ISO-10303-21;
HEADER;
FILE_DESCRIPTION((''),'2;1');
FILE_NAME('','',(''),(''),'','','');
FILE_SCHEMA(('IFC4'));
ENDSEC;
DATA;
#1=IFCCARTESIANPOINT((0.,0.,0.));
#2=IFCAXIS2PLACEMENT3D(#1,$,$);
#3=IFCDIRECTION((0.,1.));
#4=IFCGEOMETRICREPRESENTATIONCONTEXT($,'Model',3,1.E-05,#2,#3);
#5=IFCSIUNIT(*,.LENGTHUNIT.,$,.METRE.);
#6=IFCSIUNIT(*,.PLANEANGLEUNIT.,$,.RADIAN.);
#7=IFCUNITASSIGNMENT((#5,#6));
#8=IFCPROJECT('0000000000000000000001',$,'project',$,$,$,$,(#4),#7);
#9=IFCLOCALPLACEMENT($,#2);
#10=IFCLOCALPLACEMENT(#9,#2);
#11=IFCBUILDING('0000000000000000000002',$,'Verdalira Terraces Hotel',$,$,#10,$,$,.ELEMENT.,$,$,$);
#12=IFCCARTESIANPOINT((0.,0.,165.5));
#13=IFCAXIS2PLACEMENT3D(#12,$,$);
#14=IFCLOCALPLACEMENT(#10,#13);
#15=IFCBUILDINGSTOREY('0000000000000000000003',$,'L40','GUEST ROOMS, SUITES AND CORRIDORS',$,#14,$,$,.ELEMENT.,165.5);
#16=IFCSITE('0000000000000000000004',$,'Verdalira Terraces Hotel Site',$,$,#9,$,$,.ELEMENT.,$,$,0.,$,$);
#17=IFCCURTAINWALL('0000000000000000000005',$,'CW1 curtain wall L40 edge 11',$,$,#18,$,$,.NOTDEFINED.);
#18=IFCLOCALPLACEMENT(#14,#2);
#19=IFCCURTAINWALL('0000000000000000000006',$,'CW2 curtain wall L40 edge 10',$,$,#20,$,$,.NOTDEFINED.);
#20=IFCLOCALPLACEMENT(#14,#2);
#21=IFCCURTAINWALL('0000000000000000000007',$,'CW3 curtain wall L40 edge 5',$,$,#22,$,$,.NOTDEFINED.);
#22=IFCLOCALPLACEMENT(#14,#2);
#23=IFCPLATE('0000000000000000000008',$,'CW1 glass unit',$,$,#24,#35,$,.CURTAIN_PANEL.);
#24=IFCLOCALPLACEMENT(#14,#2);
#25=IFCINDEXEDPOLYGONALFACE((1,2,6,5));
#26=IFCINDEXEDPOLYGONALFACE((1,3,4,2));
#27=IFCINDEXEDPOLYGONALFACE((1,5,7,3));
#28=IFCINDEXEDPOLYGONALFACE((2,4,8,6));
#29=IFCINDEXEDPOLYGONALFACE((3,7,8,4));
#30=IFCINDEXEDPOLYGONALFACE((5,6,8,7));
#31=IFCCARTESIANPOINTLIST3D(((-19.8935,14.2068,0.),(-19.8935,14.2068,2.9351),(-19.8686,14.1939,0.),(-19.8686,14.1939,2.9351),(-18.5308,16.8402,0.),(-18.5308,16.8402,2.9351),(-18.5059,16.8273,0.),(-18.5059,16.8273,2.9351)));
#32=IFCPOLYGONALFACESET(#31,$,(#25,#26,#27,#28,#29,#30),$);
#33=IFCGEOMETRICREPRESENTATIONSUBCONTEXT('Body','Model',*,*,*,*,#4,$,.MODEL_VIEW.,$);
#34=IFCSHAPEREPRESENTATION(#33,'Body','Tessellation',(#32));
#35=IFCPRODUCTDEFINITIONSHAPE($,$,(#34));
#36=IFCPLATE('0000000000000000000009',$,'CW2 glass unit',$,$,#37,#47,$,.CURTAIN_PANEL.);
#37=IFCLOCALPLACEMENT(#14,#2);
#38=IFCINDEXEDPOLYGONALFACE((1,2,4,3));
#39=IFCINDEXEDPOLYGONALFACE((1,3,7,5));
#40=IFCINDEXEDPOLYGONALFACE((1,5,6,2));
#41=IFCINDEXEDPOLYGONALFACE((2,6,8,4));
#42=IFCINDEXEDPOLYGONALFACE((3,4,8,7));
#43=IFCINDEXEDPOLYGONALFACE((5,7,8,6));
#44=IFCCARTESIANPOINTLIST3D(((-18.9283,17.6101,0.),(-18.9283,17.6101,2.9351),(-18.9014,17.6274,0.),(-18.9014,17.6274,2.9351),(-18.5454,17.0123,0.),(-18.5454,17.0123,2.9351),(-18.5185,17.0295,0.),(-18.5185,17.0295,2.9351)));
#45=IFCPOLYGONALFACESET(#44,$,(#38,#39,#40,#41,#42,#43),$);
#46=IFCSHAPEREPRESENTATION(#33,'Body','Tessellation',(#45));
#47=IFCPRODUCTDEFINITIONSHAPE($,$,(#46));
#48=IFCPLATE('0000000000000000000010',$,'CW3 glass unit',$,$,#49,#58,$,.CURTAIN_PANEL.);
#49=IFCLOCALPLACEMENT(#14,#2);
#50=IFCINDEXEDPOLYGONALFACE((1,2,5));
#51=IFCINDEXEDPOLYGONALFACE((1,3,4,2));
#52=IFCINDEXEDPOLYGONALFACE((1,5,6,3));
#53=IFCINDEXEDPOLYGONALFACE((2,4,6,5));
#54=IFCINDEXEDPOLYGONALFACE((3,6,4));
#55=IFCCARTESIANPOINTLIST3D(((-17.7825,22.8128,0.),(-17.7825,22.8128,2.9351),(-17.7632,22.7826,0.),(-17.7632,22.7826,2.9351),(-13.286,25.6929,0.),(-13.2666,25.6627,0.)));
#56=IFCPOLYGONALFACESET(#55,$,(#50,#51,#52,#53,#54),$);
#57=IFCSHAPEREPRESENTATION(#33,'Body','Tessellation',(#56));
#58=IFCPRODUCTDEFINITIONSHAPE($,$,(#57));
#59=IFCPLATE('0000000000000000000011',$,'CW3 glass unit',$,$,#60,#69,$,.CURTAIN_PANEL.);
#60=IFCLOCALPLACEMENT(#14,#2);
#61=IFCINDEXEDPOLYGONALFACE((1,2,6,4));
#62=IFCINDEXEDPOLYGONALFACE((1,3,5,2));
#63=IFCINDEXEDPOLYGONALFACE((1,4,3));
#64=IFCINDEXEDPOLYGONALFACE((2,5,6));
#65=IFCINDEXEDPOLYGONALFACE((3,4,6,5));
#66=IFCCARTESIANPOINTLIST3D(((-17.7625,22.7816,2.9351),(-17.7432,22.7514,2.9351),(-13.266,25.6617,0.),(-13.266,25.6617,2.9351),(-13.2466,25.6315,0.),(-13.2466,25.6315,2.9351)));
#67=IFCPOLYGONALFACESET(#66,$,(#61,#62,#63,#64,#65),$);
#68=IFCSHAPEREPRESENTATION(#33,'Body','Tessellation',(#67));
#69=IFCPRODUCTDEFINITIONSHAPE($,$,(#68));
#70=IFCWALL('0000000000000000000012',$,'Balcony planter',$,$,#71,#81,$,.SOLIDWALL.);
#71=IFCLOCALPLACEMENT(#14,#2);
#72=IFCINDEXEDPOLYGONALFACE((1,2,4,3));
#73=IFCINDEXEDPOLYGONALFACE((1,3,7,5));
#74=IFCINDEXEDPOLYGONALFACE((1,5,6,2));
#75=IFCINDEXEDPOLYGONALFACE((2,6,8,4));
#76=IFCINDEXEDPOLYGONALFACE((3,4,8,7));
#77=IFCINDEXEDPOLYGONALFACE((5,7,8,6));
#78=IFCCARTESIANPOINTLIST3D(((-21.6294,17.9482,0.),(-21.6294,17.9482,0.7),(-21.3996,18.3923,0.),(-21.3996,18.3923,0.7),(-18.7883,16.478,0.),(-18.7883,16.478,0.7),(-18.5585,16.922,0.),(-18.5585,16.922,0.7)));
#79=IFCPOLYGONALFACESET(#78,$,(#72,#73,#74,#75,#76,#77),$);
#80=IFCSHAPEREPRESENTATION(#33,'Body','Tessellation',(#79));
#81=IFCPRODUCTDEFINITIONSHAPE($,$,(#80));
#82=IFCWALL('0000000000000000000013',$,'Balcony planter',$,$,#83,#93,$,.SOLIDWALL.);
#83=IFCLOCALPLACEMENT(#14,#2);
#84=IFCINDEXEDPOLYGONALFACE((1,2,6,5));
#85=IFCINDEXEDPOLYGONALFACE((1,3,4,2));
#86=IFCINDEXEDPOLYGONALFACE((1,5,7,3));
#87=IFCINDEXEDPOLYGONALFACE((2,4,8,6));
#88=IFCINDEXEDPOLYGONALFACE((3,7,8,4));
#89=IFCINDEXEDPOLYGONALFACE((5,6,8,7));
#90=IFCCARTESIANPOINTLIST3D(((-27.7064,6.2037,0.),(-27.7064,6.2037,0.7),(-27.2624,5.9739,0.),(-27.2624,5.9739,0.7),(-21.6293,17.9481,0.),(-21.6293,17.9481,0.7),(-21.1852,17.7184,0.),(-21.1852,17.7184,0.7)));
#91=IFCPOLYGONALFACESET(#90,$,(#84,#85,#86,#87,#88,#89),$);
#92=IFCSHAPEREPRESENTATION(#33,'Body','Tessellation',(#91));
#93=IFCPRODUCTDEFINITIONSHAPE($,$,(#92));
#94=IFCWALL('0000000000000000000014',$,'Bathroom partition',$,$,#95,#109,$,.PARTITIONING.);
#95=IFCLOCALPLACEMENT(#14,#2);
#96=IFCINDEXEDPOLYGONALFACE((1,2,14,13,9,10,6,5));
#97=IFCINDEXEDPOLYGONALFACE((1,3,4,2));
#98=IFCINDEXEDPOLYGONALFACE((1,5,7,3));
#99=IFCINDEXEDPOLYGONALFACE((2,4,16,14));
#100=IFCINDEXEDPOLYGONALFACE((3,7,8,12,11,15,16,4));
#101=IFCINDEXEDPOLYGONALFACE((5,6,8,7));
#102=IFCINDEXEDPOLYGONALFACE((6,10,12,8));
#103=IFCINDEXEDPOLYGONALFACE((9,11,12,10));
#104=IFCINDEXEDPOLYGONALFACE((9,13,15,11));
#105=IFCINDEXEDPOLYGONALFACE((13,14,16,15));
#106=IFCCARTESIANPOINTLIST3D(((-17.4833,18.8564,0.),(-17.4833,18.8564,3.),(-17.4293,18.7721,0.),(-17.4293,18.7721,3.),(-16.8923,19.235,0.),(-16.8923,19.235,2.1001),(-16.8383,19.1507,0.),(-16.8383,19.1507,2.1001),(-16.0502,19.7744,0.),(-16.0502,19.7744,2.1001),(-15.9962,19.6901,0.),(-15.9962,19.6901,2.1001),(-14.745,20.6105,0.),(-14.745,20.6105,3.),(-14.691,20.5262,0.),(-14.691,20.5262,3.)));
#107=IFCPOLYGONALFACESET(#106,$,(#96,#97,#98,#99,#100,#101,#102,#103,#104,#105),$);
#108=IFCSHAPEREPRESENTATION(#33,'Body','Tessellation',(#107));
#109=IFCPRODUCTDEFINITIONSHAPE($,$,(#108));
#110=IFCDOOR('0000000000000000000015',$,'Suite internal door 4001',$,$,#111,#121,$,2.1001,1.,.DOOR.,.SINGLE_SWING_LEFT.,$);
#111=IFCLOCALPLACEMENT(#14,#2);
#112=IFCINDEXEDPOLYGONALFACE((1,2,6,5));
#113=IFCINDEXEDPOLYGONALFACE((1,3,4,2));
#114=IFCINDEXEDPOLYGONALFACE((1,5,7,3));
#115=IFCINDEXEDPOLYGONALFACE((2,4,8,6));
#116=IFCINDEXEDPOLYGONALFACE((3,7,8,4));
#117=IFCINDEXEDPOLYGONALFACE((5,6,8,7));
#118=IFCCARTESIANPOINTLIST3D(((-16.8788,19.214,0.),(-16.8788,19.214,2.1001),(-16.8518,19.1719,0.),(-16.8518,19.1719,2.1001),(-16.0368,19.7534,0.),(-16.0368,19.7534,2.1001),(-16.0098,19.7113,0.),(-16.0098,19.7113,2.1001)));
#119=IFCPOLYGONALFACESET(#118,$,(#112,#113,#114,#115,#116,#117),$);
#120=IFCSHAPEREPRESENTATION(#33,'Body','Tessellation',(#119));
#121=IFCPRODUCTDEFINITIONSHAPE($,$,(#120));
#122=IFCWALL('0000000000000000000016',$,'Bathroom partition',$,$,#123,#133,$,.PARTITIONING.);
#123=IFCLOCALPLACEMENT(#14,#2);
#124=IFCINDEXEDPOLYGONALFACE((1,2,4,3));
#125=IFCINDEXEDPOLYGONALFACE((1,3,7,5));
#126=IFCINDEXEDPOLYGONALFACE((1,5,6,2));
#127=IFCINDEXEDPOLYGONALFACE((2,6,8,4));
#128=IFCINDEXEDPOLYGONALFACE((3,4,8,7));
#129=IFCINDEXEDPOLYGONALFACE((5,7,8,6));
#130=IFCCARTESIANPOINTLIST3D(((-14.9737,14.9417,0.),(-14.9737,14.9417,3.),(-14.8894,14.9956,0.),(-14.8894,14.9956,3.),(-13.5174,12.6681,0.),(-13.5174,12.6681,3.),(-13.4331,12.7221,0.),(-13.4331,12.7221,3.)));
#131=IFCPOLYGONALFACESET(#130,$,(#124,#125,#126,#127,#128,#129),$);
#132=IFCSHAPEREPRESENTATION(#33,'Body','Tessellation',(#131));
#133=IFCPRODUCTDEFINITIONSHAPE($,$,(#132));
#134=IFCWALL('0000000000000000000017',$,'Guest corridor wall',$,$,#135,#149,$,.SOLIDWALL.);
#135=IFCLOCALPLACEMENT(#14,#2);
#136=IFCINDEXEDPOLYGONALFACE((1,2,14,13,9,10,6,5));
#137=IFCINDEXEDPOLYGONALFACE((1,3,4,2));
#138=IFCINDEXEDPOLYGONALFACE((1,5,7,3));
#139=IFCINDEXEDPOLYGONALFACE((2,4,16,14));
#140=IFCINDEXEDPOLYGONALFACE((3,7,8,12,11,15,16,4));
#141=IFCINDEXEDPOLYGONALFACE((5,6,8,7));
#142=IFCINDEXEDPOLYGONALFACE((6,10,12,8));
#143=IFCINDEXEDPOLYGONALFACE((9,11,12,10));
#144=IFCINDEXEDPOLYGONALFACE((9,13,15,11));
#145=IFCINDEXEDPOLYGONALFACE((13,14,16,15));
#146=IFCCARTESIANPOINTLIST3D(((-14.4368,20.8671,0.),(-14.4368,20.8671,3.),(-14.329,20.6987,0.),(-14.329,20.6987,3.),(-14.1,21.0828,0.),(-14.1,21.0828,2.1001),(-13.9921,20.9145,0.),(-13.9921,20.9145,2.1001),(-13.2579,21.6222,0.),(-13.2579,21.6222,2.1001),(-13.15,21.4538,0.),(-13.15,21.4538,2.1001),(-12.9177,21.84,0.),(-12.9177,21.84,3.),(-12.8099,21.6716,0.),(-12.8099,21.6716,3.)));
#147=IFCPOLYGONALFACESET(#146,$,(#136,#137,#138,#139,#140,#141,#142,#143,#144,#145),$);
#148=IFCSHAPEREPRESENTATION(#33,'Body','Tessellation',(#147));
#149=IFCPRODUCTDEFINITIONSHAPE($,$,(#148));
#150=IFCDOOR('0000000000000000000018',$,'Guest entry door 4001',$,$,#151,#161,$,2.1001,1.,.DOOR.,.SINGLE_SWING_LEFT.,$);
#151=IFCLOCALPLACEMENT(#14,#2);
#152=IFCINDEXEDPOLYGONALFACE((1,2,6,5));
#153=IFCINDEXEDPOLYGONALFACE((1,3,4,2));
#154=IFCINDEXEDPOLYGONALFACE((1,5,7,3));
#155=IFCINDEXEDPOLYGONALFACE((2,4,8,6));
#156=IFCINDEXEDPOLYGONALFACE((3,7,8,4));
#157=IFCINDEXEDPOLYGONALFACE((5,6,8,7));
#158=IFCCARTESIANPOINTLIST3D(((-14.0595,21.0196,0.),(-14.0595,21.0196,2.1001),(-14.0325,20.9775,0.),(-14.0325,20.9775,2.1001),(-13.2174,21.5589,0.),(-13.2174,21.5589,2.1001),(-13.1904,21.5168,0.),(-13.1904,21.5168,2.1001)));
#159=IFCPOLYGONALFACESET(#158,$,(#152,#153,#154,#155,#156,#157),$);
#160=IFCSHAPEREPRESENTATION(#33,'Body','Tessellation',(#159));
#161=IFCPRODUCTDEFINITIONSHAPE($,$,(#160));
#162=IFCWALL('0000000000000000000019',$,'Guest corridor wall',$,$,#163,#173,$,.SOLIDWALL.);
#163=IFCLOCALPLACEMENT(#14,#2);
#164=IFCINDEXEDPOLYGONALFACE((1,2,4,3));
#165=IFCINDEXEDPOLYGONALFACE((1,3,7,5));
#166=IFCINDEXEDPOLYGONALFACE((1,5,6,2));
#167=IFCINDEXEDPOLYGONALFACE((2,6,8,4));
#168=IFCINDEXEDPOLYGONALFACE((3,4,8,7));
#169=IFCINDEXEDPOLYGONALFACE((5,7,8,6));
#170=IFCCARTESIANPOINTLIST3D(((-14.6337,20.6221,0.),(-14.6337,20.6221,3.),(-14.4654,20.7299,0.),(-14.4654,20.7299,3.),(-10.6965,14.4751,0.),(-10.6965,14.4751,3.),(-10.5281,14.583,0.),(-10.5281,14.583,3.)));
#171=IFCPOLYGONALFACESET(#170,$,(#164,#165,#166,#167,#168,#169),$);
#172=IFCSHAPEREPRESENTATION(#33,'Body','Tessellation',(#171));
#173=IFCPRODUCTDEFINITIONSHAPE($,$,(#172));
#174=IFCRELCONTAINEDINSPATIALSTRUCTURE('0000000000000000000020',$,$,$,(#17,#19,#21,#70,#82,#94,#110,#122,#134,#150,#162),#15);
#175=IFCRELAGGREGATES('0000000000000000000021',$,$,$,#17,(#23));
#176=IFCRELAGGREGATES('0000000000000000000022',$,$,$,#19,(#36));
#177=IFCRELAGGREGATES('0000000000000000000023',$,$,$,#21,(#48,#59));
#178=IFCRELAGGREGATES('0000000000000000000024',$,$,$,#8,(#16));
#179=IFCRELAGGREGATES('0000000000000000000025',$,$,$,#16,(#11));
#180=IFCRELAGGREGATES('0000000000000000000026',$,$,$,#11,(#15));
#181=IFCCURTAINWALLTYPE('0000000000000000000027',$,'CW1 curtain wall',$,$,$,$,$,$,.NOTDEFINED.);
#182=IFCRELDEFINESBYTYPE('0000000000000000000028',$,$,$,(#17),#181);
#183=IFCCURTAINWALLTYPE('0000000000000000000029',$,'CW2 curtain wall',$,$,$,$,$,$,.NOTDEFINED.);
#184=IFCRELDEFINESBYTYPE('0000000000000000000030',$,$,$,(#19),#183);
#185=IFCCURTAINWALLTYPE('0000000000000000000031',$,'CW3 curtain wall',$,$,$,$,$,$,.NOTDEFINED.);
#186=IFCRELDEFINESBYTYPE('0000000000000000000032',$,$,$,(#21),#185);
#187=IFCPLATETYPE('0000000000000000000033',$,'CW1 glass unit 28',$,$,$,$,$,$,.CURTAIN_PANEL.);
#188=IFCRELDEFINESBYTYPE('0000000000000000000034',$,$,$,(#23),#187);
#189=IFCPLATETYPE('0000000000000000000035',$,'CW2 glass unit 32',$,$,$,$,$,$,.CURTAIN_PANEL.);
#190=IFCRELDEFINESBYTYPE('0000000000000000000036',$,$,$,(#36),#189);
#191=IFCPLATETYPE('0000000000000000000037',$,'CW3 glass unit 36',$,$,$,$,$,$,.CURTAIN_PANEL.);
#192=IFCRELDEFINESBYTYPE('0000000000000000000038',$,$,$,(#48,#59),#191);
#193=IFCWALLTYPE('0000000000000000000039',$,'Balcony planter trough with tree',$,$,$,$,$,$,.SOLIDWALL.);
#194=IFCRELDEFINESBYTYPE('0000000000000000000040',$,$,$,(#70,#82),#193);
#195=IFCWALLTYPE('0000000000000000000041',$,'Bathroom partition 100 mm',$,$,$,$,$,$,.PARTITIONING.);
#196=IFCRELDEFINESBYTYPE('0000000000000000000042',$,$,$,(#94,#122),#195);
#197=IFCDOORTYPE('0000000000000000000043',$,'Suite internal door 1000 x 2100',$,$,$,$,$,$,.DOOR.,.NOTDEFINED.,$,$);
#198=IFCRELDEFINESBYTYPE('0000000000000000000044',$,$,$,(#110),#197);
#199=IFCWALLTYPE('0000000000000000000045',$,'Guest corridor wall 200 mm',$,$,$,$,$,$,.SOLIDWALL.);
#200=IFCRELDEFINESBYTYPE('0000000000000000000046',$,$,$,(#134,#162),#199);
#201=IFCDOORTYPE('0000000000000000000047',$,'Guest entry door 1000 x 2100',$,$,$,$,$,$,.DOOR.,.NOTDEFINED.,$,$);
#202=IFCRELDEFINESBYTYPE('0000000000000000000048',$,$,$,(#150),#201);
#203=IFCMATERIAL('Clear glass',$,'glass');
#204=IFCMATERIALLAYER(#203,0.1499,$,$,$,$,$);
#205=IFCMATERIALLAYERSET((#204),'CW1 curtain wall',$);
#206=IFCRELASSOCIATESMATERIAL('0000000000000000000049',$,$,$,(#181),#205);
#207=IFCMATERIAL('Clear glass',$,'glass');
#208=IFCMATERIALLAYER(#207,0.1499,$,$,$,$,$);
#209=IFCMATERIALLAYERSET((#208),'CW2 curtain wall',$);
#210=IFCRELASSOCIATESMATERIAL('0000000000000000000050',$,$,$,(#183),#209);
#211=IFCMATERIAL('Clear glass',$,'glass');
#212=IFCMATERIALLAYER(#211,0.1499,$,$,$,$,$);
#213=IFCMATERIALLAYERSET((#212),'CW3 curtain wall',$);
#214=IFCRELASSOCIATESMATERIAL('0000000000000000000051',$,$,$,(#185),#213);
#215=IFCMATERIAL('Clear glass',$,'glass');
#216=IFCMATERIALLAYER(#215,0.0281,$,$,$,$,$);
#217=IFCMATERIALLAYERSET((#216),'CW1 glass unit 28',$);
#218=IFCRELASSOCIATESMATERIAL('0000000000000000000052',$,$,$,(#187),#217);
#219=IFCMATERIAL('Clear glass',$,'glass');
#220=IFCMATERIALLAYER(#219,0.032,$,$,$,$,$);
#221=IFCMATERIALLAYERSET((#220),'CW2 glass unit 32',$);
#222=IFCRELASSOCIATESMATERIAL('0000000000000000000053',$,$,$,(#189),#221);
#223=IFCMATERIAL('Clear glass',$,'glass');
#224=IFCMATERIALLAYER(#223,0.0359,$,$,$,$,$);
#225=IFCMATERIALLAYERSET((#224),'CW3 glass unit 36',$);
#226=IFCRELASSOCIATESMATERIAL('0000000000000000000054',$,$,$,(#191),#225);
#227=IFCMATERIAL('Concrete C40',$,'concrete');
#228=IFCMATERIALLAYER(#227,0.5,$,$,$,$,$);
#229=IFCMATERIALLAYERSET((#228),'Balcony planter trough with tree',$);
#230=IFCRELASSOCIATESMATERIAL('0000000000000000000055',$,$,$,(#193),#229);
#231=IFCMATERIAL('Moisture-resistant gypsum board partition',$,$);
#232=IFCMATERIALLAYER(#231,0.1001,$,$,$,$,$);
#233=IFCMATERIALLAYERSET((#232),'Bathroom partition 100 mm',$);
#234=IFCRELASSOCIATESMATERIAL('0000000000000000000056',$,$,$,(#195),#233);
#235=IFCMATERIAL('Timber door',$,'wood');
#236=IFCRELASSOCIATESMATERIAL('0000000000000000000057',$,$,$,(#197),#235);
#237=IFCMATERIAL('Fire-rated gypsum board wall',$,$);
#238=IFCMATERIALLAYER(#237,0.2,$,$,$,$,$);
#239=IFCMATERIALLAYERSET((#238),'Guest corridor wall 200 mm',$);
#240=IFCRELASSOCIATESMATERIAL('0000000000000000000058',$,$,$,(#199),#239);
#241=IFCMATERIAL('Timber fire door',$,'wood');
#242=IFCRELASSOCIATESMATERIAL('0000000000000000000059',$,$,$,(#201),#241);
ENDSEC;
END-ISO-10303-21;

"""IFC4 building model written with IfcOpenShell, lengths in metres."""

from ifc_helpers import new_model, si_unit, direction, frame, frame_2d, origin, origin_2d, place, context, subcontext, project, spatial, polyline, rectangle, outline, extrude, material, layer, layer_set, type_object, element, fill, aggregate, save


model = new_model("IFC4")

# Units and contexts
model_context = context("Model", 3, precision=1e-05, world=origin(), true_north=direction((0.0, 1.0)))
body_context = subcontext(model_context, "Body", "Model", "MODEL_VIEW")
ifc_project = project(units=[si_unit("LENGTHUNIT", "METRE"), si_unit("PLANEANGLEUNIT", "RADIAN")], contexts=[model_context])

# Site, building, storey
site_placement = place(None, origin())
site = spatial("IfcSite", under=ifc_project, at=site_placement, Name="Verdalira Terraces Hotel Site", CompositionType="ELEMENT", RefElevation=0.0)
building_placement = place(site_placement, origin())
building = spatial("IfcBuilding", under=site, at=building_placement, Name="Verdalira Terraces Hotel", CompositionType="ELEMENT")
storey_placement = place(building_placement, frame((0.0, 0.0, 165.5)))
storey = spatial("IfcBuildingStorey", under=building, at=storey_placement, Name="L40", Description="GUEST ROOMS, SUITES AND CORRIDORS", CompositionType="ELEMENT", Elevation=165.5)

# Curtain walls
ifc_material_1 = material(Name="Clear glass", Category="glass")
ifc_layer_1 = layer(ifc_material_1, 0.1499)
ifc_layer_set_1 = layer_set([ifc_layer_1], Name="CW1 curtain wall")
curtain_wall_type_1 = type_object("IfcCurtainWallType", Name="CW1 curtain wall", PredefinedType="NOTDEFINED", material=ifc_layer_set_1)
curtain_wall_1_placement = place(storey_placement, origin())
curtain_wall_1 = element("IfcCurtainWall", 1, at=curtain_wall_1_placement, inside=storey, type_object=curtain_wall_type_1, Name="CW1 curtain wall L40 edge 11", PredefinedType="NOTDEFINED")
ifc_material_2 = material(Name="Clear glass", Category="glass")
ifc_layer_2 = layer(ifc_material_2, 0.1499)
ifc_layer_set_2 = layer_set([ifc_layer_2], Name="CW2 curtain wall")
curtain_wall_type_2 = type_object("IfcCurtainWallType", Name="CW2 curtain wall", PredefinedType="NOTDEFINED", material=ifc_layer_set_2)
curtain_wall_2_placement = place(storey_placement, origin())
curtain_wall_2 = element("IfcCurtainWall", 2, at=curtain_wall_2_placement, inside=storey, type_object=curtain_wall_type_2, Name="CW2 curtain wall L40 edge 10", PredefinedType="NOTDEFINED")

# Curtain wall
ifc_material_3 = material(Name="Clear glass", Category="glass")
ifc_layer_3 = layer(ifc_material_3, 0.1499)
ifc_layer_set_3 = layer_set([ifc_layer_3], Name="CW3 curtain wall")
curtain_wall_type_3 = type_object("IfcCurtainWallType", Name="CW3 curtain wall", PredefinedType="NOTDEFINED", material=ifc_layer_set_3)
curtain_wall_3_placement = place(storey_placement, origin())
curtain_wall_3 = element("IfcCurtainWall", 3, at=curtain_wall_3_placement, inside=storey, type_object=curtain_wall_type_3, Name="CW3 curtain wall L40 edge 5", PredefinedType="NOTDEFINED")

# Plates
ifc_material_4 = material(Name="Clear glass", Category="glass")
ifc_layer_4 = layer(ifc_material_4, 0.0281)
ifc_layer_set_4 = layer_set([ifc_layer_4], Name="CW1 glass unit 28")
plate_type_1 = type_object("IfcPlateType", Name="CW1 glass unit 28", PredefinedType="CURTAIN_PANEL", material=ifc_layer_set_4)
plate_1_placement = place(storey_placement, frame((-19.1997, 15.5171, 0.0), z_axis=(0.0, 0.0, 1.0), x_axis=(-0.45958, -0.888136, 0.0)))
plate_1 = element("IfcPlate", 4, at=plate_1_placement, type_object=plate_type_1, Name="CW1 glass unit", PredefinedType="CURTAIN_PANEL", context=body_context, shape_type="SweptSolid", body=[
    extrude(rectangle(XDim=2.9651, YDim=0.0281, at=origin_2d()), origin(), (0.0, 0.0, 1.0), 2.9351),
])
aggregate(curtain_wall_1, [plate_1])
ifc_material_5 = material(Name="Clear glass", Category="glass")
ifc_layer_5 = layer(ifc_material_5, 0.032)
ifc_layer_set_5 = layer_set([ifc_layer_5], Name="CW2 glass unit 32")
plate_type_2 = type_object("IfcPlateType", Name="CW2 glass unit 32", PredefinedType="CURTAIN_PANEL", material=ifc_layer_set_5)
plate_2_placement = place(storey_placement, frame((-18.7234, 17.3198, 0.0), z_axis=(0.0, 0.0, 1.0), x_axis=(0.539359, -0.842076, 0.0)))
plate_2 = element("IfcPlate", 5, at=plate_2_placement, type_object=plate_type_2, Name="CW2 glass unit", PredefinedType="CURTAIN_PANEL", context=body_context, shape_type="SweptSolid", body=[
    extrude(rectangle(XDim=0.71, YDim=0.032, at=origin_2d()), origin(), (0.0, 0.0, 1.0), 2.9351),
])
aggregate(curtain_wall_2, [plate_2])
ifc_material_6 = material(Name="Clear glass", Category="glass")
ifc_layer_6 = layer(ifc_material_6, 0.0359)
ifc_layer_set_6 = layer_set([ifc_layer_6], Name="CW3 glass unit 36")
plate_type_3 = type_object("IfcPlateType", Name="CW3 glass unit 36", PredefinedType="CURTAIN_PANEL", material=ifc_layer_set_6)
plate_3_placement = place(storey_placement, frame((-15.5149, 24.2227, 1.4675), z_axis=(-0.539359, 0.842076, 0.0), x_axis=(-0.842076, -0.539359, 0.0)))
plate_3 = element("IfcPlate", 6, at=plate_3_placement, type_object=plate_type_3, Name="CW3 glass unit", PredefinedType="CURTAIN_PANEL", context=body_context, shape_type="SweptSolid", body=[
    extrude(outline(polyline([(-2.6699, -1.4675), (2.6699, -1.4675), (2.6699, 1.4675), (-2.6699, -1.4675)])), origin(), (0.0, 0.0, 1.0), 0.0359),
])
plate_4_placement = place(storey_placement, frame((-15.4949, 24.1914, 1.4675), z_axis=(-0.539359, 0.842076, 0.0), x_axis=(-0.842076, -0.539359, 0.0)))
plate_4 = element("IfcPlate", 7, at=plate_4_placement, type_object=plate_type_3, Name="CW3 glass unit", PredefinedType="CURTAIN_PANEL", context=body_context, shape_type="SweptSolid", body=[
    extrude(outline(polyline([(-2.6699, -1.4675), (2.6699, 1.4675), (-2.6699, 1.4675), (-2.6699, -1.4675)])), origin(), (0.0, 0.0, 1.0), 0.0359),
])
aggregate(curtain_wall_3, [plate_3, plate_4])

# Walls
ifc_material_7 = material(Name="Concrete C40", Category="concrete")
ifc_layer_7 = layer(ifc_material_7, 0.5)
ifc_layer_set_7 = layer_set([ifc_layer_7], Name="Balcony planter trough with tree")
wall_type_1 = type_object("IfcWallType", Name="Balcony planter trough with tree", PredefinedType="SOLIDWALL", material=ifc_layer_set_7)
wall_1_placement = place(storey_placement, frame((-18.6733, 16.7, 0.0), z_axis=(0.0, 0.0, 1.0), x_axis=(-0.888128, 0.459595, 0.0)))
element("IfcWall", 8, at=wall_1_placement, inside=storey, type_object=wall_type_1, Name="Balcony planter", PredefinedType="SOLIDWALL", context=body_context, shape_type="SweptSolid", body=[
    extrude(rectangle(XDim=3.199, YDim=0.5, at=frame_2d((1.5996, 0.0))), origin(), (0.0, 0.0, 1.0), 0.7),
])
wall_2_placement = place(storey_placement, frame((-21.4072, 17.8333, 0.0), z_axis=(0.0, 0.0, 1.0), x_axis=(-0.45957, -0.888142, 0.0)))
element("IfcWall", 9, at=wall_2_placement, inside=storey, type_object=wall_type_1, Name="Balcony planter", PredefinedType="SOLIDWALL", context=body_context, shape_type="SweptSolid", body=[
    extrude(rectangle(XDim=13.2236, YDim=0.5, at=frame_2d((6.6118, 0.0))), origin(), (0.0, 0.0, 1.0), 0.7),
])

# Wall, opening, door
ifc_material_8 = material(Name="Moisture-resistant gypsum board partition")
ifc_layer_8 = layer(ifc_material_8, 0.1001)
ifc_layer_set_8 = layer_set([ifc_layer_8], Name="Bathroom partition 100 mm")
wall_type_2 = type_object("IfcWallType", Name="Bathroom partition 100 mm", PredefinedType="PARTITIONING", material=ifc_layer_set_8)
wall_3_placement = place(storey_placement, frame((-14.718, 20.5684, 0.0), z_axis=(0.0, 0.0, 1.0), x_axis=(-0.842041, -0.539414, 0.0)))
wall_3 = element("IfcWall", 10, at=wall_3_placement, inside=storey, type_object=wall_type_2, Name="Bathroom partition", PredefinedType="PARTITIONING", context=body_context, shape_type="SweptSolid", body=[
    extrude(rectangle(XDim=3.252, YDim=0.1001, at=frame_2d((1.626, 0.0))), origin(), (0.0, 0.0, 1.0), 3.0),
])
opening_1_placement = place(wall_3_placement, frame((1.55, 0.0, 0.0)))
opening_1 = element("IfcOpeningElement", 11, at=opening_1_placement, cuts=wall_3, PredefinedType="OPENING", context=body_context, shape_type="SweptSolid", body=[
    extrude(rectangle(XDim=1.0, YDim=2.1001, at=frame_2d((0.5, 1.05))), frame((0.0, 0.0601, 0.0), z_axis=(0.0, -1.0, 0.0), x_axis=(1.0, 0.0, 0.0)), (0.0, 0.0, 1.0), 0.1201),
])
ifc_material_9 = material(Name="Timber door", Category="wood")
door_type_1 = type_object("IfcDoorType", Name="Suite internal door 1000 x 2100", OperationType="NOTDEFINED", PredefinedType="DOOR", material=ifc_material_9)
door_1_placement = place(opening_1_placement, origin())
door_1 = element("IfcDoor", 12, at=door_1_placement, inside=storey, type_object=door_type_1, Name="Suite internal door 4001", OperationType="SINGLE_SWING_LEFT", OverallHeight=2.1001, OverallWidth=1.0, PredefinedType="DOOR", context=body_context, shape_type="SweptSolid", body=[
    extrude(rectangle(XDim=1.0, YDim=2.1001, at=frame_2d((0.5, 1.05))), frame((0.0, 0.0249, 0.0), z_axis=(0.0, -1.0, 0.0), x_axis=(1.0, 0.0, 0.0)), (0.0, 0.0, 1.0), 0.05),
])
fill(opening_1, door_1)

# Wall
wall_4_placement = place(storey_placement, frame((-14.9316, 14.9688, 0.0), z_axis=(0.0, 0.0, 1.0), x_axis=(0.539395, -0.842053, 0.0)))
element("IfcWall", 13, at=wall_4_placement, inside=storey, type_object=wall_type_2, Name="Bathroom partition", PredefinedType="PARTITIONING", context=body_context, shape_type="SweptSolid", body=[
    extrude(rectangle(XDim=2.7, YDim=0.1001, at=frame_2d((1.3501, 0.0))), origin(), (0.0, 0.0, 1.0), 3.0),
])

# Wall, opening, door
ifc_material_10 = material(Name="Fire-rated gypsum board wall")
ifc_layer_9 = layer(ifc_material_10, 0.2)
ifc_layer_set_9 = layer_set([ifc_layer_9], Name="Guest corridor wall 200 mm")
wall_type_3 = type_object("IfcWallType", Name="Guest corridor wall 200 mm", PredefinedType="SOLIDWALL", material=ifc_layer_set_9)
wall_5_placement = place(storey_placement, frame((-14.3828, 20.783, 0.0), z_axis=(0.0, 0.0, 1.0), x_axis=(0.842092, 0.539334, 0.0)))
wall_5 = element("IfcWall", 14, at=wall_5_placement, inside=storey, type_object=wall_type_3, Name="Guest corridor wall", PredefinedType="SOLIDWALL", context=body_context, shape_type="SweptSolid", body=[
    extrude(rectangle(XDim=1.804, YDim=0.2, at=frame_2d((0.9019, 0.0))), origin(), (0.0, 0.0, 1.0), 3.0),
])
opening_2_placement = place(wall_5_placement, frame((0.3999, 0.0, 0.0)))
opening_2 = element("IfcOpeningElement", 15, at=opening_2_placement, cuts=wall_5, PredefinedType="OPENING", context=body_context, shape_type="SweptSolid", body=[
    extrude(rectangle(XDim=1.0, YDim=2.1001, at=frame_2d((0.5, 1.05))), frame((0.0, 0.1099, 0.0), z_axis=(0.0, -1.0, 0.0), x_axis=(1.0, 0.0, 0.0)), (0.0, 0.0, 1.0), 0.22),
])
ifc_material_11 = material(Name="Timber fire door", Category="wood")
door_type_2 = type_object("IfcDoorType", Name="Guest entry door 1000 x 2100", OperationType="NOTDEFINED", PredefinedType="DOOR", material=ifc_material_11)
door_2_placement = place(opening_2_placement, origin())
door_2 = element("IfcDoor", 16, at=door_2_placement, inside=storey, type_object=door_type_2, Name="Guest entry door 4001", OperationType="SINGLE_SWING_LEFT", OverallHeight=2.1001, OverallWidth=1.0, PredefinedType="DOOR", context=body_context, shape_type="SweptSolid", body=[
    extrude(rectangle(XDim=1.0, YDim=2.1001, at=frame_2d((0.5, 1.05))), frame((0.0, 0.0249, 0.0), z_axis=(0.0, -1.0, 0.0), x_axis=(1.0, 0.0, 0.0)), (0.0, 0.0, 1.0), 0.05),
])
fill(opening_2, door_2)

# Wall
wall_6_placement = place(storey_placement, frame((-14.5496, 20.676, 0.0), z_axis=(0.0, 0.0, 1.0), x_axis=(0.539364, -0.842073, 0.0)))
element("IfcWall", 17, at=wall_6_placement, inside=storey, type_object=wall_type_3, Name="Guest corridor wall", PredefinedType="SOLIDWALL", context=body_context, shape_type="SweptSolid", body=[
    extrude(rectangle(XDim=7.2998, YDim=0.2, at=frame_2d((3.6499, 0.0))), origin(), (0.0, 0.0, 1.0), 3.0),
])

save(model, "model.ifc")
